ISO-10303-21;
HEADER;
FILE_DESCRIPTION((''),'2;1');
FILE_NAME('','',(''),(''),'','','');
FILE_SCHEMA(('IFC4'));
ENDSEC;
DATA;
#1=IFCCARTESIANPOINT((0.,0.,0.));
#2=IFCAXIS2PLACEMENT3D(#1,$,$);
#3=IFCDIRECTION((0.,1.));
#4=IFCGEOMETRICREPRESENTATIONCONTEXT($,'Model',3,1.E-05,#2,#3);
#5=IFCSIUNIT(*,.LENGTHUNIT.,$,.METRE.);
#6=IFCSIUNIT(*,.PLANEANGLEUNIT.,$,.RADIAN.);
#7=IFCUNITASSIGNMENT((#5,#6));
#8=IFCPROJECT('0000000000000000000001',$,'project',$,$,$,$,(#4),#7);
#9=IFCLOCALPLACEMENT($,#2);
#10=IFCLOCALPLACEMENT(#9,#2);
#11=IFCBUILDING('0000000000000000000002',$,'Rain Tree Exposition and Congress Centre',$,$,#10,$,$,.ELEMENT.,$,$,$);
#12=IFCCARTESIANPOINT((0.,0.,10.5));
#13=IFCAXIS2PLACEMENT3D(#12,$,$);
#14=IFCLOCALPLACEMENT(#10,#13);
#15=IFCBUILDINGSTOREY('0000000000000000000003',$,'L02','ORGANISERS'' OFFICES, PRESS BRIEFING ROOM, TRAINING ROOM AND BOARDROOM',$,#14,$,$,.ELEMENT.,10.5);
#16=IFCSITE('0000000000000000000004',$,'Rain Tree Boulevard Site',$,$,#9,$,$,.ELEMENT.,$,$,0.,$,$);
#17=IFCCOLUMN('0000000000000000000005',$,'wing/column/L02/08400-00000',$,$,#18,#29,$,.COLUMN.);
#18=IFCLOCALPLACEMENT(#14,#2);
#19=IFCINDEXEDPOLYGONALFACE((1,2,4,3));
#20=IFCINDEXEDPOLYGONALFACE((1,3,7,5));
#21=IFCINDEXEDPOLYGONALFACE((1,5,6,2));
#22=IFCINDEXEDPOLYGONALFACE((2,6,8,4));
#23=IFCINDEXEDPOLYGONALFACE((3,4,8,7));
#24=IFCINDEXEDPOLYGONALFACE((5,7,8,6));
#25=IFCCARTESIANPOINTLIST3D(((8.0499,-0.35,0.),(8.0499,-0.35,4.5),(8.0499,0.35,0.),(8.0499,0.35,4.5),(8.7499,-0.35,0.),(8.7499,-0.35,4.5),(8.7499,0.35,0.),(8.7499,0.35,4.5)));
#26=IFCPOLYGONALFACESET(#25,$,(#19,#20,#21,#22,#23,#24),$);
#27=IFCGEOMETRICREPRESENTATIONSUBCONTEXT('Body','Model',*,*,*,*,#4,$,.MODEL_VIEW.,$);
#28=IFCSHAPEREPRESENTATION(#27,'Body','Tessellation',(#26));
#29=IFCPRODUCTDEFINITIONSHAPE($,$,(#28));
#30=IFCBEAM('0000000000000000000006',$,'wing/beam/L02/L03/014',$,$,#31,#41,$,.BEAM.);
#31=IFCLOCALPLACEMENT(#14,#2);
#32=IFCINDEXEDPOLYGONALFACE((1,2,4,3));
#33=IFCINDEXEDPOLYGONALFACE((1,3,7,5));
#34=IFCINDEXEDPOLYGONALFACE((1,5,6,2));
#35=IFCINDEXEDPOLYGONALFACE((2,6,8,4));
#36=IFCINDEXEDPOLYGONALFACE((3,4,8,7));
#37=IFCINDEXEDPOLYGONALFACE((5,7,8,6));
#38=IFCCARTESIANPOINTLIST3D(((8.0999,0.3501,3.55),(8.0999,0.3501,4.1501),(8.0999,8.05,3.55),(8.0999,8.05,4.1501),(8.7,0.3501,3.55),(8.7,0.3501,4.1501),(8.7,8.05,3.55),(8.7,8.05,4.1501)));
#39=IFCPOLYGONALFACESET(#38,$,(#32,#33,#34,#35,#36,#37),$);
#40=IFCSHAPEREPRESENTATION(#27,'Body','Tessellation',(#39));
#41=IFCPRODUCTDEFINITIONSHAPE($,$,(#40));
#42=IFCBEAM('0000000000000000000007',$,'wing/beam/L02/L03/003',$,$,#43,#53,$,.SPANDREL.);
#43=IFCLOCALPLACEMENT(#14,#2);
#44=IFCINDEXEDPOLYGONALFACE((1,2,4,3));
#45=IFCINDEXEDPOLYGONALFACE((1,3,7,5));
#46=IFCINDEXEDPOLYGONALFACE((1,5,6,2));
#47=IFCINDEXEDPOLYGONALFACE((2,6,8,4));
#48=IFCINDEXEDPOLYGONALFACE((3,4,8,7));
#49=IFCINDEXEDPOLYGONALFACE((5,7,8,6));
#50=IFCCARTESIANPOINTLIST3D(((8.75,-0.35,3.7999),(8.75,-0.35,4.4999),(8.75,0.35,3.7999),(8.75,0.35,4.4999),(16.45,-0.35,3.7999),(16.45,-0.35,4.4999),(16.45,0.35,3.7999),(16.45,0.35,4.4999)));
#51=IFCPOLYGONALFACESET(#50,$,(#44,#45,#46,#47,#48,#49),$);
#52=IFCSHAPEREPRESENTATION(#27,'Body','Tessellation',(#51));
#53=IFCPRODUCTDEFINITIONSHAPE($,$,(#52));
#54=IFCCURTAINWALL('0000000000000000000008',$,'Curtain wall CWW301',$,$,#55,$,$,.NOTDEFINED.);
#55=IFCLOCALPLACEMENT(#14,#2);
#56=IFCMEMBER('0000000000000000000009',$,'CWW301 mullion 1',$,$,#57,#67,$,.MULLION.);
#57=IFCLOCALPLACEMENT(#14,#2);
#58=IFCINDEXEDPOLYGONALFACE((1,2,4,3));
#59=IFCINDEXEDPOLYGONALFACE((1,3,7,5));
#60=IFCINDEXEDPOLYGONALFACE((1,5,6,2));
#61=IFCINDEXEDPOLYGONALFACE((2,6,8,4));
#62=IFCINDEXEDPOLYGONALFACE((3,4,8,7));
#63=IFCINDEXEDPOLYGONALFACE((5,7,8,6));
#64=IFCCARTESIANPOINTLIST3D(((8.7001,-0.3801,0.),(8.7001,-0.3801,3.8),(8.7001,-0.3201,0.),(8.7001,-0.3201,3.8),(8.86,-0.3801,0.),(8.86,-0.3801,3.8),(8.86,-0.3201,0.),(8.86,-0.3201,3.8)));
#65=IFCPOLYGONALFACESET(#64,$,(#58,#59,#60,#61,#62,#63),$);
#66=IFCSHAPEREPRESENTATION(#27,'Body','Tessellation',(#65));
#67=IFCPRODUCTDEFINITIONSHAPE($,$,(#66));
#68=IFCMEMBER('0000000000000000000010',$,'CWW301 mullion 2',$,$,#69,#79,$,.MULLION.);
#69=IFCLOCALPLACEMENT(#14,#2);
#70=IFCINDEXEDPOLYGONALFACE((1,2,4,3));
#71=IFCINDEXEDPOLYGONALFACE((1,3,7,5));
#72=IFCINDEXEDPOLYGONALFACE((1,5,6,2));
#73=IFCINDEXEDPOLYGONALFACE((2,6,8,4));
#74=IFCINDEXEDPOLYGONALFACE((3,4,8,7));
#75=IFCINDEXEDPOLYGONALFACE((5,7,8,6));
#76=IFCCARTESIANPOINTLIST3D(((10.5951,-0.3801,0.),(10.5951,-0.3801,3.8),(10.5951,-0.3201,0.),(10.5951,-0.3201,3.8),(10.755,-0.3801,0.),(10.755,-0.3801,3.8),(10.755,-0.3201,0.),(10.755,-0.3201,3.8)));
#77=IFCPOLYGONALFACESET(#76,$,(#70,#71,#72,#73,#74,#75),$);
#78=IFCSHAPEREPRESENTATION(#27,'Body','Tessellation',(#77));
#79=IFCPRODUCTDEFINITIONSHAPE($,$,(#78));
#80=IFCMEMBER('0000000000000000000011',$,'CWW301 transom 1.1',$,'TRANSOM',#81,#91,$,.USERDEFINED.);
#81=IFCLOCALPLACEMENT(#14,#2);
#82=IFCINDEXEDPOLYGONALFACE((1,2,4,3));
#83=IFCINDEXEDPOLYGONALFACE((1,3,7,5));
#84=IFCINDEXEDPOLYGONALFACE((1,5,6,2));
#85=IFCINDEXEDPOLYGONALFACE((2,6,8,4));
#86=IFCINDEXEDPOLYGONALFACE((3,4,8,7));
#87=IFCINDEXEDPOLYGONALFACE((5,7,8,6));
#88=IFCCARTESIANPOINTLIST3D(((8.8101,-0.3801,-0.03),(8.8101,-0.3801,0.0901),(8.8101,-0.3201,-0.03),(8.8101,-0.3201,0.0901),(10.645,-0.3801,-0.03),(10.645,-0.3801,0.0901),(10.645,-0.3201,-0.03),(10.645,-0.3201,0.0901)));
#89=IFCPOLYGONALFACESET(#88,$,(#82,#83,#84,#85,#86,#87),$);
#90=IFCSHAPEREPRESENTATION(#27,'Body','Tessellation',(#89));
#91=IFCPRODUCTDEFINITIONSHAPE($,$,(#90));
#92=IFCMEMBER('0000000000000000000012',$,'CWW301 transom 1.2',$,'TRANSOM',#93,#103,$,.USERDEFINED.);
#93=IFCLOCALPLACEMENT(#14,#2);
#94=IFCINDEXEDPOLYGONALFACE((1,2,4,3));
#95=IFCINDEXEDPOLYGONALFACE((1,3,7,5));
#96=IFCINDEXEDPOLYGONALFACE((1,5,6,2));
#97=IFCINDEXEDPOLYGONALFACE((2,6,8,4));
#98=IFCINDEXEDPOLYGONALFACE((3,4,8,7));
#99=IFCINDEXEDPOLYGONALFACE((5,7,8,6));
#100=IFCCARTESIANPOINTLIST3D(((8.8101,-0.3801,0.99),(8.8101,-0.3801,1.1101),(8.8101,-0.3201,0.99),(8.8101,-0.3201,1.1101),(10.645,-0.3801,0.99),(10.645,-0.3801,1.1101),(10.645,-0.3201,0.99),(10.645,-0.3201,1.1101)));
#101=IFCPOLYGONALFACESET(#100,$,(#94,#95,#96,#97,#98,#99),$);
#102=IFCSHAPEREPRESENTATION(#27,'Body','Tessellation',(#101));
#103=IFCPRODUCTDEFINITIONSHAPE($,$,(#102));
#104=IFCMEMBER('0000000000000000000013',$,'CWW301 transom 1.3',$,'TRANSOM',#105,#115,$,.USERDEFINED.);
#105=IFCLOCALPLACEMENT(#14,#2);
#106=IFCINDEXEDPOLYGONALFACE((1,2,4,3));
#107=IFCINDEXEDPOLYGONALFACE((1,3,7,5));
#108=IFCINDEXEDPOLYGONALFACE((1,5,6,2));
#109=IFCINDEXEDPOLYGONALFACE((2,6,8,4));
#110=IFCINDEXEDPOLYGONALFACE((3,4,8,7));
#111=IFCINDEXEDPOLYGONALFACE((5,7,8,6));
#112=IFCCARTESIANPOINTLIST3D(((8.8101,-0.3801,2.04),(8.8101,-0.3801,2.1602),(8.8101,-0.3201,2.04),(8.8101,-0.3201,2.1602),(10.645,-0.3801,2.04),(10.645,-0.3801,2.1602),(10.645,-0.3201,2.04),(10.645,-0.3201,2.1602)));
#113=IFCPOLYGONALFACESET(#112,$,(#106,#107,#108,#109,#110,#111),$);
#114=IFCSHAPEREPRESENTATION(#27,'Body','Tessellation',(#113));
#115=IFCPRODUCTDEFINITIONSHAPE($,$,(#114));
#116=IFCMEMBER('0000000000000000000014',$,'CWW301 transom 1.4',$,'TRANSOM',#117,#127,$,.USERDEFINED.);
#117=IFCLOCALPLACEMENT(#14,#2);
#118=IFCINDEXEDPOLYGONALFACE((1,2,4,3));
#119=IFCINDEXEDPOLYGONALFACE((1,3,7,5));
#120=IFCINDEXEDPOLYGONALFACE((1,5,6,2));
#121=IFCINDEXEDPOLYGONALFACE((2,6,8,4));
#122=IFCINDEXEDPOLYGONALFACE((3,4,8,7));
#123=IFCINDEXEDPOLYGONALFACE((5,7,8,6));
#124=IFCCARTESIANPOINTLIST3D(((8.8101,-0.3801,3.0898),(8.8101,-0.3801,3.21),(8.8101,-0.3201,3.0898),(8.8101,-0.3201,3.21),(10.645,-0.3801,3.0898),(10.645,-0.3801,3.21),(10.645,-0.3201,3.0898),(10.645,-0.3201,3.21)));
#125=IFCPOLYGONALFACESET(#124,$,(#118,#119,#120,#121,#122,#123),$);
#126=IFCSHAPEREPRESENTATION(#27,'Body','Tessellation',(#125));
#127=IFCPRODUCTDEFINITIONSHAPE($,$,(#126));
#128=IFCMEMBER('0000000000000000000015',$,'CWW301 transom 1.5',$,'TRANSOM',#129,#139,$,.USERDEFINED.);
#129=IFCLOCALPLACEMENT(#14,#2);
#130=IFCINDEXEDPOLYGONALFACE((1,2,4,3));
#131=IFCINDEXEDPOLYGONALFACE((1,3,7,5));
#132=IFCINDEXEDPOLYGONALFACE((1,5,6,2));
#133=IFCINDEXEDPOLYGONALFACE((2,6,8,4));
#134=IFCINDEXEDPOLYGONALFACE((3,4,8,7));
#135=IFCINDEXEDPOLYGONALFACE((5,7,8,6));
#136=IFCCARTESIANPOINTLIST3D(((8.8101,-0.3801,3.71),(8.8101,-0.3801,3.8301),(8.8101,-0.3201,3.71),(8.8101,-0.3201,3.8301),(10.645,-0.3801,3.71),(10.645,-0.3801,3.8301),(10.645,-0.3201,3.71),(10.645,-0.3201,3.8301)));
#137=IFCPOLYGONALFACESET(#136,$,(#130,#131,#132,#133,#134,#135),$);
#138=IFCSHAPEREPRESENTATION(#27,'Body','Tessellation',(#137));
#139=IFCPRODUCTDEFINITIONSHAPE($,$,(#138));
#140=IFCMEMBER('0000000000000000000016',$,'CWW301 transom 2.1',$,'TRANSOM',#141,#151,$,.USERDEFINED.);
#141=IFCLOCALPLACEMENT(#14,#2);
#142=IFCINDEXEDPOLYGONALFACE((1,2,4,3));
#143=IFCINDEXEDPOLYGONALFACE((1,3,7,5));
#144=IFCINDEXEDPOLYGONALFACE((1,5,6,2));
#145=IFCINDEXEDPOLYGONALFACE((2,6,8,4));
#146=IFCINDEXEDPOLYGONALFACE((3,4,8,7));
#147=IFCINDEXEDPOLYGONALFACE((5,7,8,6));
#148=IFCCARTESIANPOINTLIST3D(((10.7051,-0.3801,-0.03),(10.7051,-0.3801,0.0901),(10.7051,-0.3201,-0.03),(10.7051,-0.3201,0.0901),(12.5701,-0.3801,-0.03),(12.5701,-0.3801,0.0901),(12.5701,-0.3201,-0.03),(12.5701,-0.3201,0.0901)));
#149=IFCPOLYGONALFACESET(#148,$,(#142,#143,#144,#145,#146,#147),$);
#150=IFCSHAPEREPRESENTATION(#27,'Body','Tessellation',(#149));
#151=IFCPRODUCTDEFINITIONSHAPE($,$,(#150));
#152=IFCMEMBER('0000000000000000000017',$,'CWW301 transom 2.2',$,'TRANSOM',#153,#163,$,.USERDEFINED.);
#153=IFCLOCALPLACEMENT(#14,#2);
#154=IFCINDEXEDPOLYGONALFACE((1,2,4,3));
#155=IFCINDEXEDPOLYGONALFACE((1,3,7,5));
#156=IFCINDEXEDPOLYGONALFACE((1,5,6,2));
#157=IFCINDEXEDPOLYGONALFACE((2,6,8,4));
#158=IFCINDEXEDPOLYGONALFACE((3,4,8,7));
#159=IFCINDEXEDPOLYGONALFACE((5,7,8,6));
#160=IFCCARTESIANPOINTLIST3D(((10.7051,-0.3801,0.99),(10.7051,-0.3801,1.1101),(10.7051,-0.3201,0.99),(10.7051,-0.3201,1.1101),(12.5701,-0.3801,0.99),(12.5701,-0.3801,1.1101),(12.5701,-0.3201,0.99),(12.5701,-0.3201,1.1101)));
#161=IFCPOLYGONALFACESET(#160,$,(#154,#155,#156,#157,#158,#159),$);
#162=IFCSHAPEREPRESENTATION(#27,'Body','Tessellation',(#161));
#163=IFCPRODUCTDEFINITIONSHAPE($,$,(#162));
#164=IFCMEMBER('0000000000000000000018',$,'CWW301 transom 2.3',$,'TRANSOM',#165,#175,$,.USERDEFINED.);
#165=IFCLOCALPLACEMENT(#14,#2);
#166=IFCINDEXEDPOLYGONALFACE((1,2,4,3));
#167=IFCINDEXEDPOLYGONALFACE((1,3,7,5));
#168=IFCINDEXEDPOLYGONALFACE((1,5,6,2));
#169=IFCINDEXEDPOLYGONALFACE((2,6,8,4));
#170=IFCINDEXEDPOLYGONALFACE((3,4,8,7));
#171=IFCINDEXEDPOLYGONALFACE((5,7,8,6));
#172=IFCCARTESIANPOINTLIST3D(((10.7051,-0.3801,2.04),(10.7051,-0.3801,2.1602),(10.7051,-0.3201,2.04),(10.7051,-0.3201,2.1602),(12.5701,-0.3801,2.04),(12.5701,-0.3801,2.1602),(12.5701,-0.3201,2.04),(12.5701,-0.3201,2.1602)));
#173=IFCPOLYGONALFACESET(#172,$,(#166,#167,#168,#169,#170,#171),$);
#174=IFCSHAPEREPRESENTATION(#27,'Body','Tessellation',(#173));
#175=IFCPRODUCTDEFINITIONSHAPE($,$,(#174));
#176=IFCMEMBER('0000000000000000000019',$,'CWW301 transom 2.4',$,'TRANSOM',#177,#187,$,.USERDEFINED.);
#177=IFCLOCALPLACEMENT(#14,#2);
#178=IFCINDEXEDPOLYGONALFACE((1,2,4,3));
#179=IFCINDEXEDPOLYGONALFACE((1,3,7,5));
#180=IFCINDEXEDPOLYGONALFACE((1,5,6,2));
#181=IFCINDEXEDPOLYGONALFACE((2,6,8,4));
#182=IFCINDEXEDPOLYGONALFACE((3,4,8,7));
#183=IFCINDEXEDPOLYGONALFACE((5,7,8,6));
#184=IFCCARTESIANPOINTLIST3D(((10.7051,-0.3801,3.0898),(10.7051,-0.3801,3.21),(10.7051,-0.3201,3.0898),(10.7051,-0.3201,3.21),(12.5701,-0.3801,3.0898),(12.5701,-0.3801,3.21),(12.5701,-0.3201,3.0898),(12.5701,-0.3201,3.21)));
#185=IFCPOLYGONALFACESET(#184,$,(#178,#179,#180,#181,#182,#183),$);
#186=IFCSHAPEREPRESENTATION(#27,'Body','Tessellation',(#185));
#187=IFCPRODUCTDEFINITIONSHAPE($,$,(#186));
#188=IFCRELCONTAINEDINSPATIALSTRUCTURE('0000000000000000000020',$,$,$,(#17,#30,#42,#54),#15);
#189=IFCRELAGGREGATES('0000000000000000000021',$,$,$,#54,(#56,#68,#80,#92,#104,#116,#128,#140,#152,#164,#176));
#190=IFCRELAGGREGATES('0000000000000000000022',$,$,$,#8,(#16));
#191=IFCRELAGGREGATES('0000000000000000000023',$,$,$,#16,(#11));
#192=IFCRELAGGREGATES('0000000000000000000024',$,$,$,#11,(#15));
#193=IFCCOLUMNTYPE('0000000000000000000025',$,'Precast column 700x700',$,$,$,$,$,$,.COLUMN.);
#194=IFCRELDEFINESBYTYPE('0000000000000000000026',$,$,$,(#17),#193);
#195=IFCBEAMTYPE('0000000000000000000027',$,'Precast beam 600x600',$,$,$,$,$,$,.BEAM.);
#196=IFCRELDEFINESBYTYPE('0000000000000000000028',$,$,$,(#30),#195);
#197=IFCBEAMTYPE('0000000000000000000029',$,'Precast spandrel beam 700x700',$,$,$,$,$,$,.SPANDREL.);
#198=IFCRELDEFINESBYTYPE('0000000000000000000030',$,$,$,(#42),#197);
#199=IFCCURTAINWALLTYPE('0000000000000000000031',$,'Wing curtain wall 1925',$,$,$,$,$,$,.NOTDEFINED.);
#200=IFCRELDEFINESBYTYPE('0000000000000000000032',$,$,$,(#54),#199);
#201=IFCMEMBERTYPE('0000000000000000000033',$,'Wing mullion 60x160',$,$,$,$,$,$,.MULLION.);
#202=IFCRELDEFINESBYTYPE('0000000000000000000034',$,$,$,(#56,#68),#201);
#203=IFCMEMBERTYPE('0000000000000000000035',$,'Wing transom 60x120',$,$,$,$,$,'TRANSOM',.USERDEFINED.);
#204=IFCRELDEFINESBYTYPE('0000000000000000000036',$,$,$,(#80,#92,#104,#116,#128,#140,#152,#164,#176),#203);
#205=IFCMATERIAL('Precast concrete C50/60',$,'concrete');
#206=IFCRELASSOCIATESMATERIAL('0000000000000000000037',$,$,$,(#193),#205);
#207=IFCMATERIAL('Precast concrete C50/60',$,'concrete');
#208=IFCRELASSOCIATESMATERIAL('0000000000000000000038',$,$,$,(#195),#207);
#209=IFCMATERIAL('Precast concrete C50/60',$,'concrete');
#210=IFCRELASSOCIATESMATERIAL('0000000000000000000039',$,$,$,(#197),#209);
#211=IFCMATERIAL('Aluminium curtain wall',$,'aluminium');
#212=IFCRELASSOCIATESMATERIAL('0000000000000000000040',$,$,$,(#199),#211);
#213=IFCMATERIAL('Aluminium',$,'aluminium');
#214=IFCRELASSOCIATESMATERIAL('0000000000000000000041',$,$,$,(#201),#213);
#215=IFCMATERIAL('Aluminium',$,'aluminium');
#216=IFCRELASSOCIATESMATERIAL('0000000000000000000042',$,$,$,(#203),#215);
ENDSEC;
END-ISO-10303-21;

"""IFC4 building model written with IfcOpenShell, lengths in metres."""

from ifc_helpers import new_model, si_unit, direction, frame, origin, origin_2d, place, context, subcontext, project, spatial, rectangle, extrude, material, material_profile, profile_set, type_object, element, aggregate, save


model = new_model("IFC4")

# Units and contexts
model_context = context("Model", 3, precision=1e-05, world=origin(), true_north=direction((0.0, 1.0)))
body_context = subcontext(model_context, "Body", "Model", "MODEL_VIEW")
ifc_project = project(units=[si_unit("LENGTHUNIT", "METRE"), si_unit("PLANEANGLEUNIT", "RADIAN")], contexts=[model_context])

# Site, building, storey
site_placement = place(None, origin())
site = spatial("IfcSite", under=ifc_project, at=site_placement, Name="Rain Tree Boulevard Site", CompositionType="ELEMENT", RefElevation=0.0)
building_placement = place(site_placement, origin())
building = spatial("IfcBuilding", under=site, at=building_placement, Name="Rain Tree Exposition and Congress Centre", CompositionType="ELEMENT")
storey_placement = place(building_placement, frame((0.0, 0.0, 10.5)))
storey = spatial("IfcBuildingStorey", under=building, at=storey_placement, Name="L02", Description="ORGANISERS' OFFICES, PRESS BRIEFING ROOM, TRAINING ROOM AND BOARDROOM", CompositionType="ELEMENT", Elevation=10.5)

# Column
ifc_material_1 = material(Name="Precast concrete C50/60", Category="concrete")
ifc_material_profile_1 = material_profile(ifc_material_1, rectangle(XDim=0.7, YDim=0.7, at=origin_2d()), Name="RC 700x700")
ifc_profile_set_1 = profile_set([ifc_material_profile_1], Name="Precast concrete C50/60")
column_type = type_object("IfcColumnType", Name="Precast column 700x700", PredefinedType="COLUMN", material=ifc_profile_set_1)
column_placement = place(storey_placement, frame((8.3999, 0.0, 0.0), z_axis=(0.0, 0.0, 1.0), x_axis=(1.0, 0.0, 0.0)))
element("IfcColumn", 1, at=column_placement, inside=storey, type_object=column_type, Name="wing/column/L02/08400-00000", PredefinedType="COLUMN", context=body_context, shape_type="SweptSolid", body=[
    extrude(rectangle(XDim=0.7, YDim=0.7, at=origin_2d()), origin(), (0.0, 0.0, 1.0), 4.5),
])

# Beams
ifc_material_2 = material(Name="Precast concrete C50/60", Category="concrete")
ifc_material_profile_2 = material_profile(ifc_material_2, rectangle(XDim=0.6001, YDim=0.6001, at=origin_2d()), Name="RC 600x600")
ifc_profile_set_2 = profile_set([ifc_material_profile_2], Name="Precast concrete C50/60")
beam_type_1 = type_object("IfcBeamType", Name="Precast beam 600x600", PredefinedType="BEAM", material=ifc_profile_set_2)
beam_1_placement = place(storey_placement, frame((8.3999, 0.3501, 3.8501), z_axis=(0.0, 1.0, 0.0), x_axis=(-1.0, 0.0, 0.0)))
element("IfcBeam", 2, at=beam_1_placement, inside=storey, type_object=beam_type_1, Name="wing/beam/L02/L03/014", PredefinedType="BEAM", context=body_context, shape_type="SweptSolid", body=[
    extrude(rectangle(XDim=0.6001, YDim=0.6001, at=origin_2d()), origin(), (0.0, 0.0, 1.0), 7.7),
])
ifc_material_3 = material(Name="Precast concrete C50/60", Category="concrete")
ifc_material_profile_3 = material_profile(ifc_material_3, rectangle(XDim=0.7, YDim=0.7, at=origin_2d()), Name="RC 700x700")
ifc_profile_set_3 = profile_set([ifc_material_profile_3], Name="Precast concrete C50/60")
beam_type_2 = type_object("IfcBeamType", Name="Precast spandrel beam 700x700", PredefinedType="SPANDREL", material=ifc_profile_set_3)
beam_2_placement = place(storey_placement, frame((8.75, 0.0, 4.1499), z_axis=(1.0, 0.0, 0.0), x_axis=(0.0, 1.0, 0.0)))
element("IfcBeam", 3, at=beam_2_placement, inside=storey, type_object=beam_type_2, Name="wing/beam/L02/L03/003", PredefinedType="SPANDREL", context=body_context, shape_type="SweptSolid", body=[
    extrude(rectangle(XDim=0.7, YDim=0.7, at=origin_2d()), origin(), (0.0, 0.0, 1.0), 7.7),
])

# Curtain wall, members
ifc_material_4 = material(Name="Aluminium curtain wall", Category="aluminium")
curtain_wall_type = type_object("IfcCurtainWallType", Name="Wing curtain wall 1925", PredefinedType="NOTDEFINED", material=ifc_material_4)
curtain_wall_placement = place(storey_placement, origin())
curtain_wall = element("IfcCurtainWall", 4, at=curtain_wall_placement, inside=storey, type_object=curtain_wall_type, Name="Curtain wall CWW301", PredefinedType="NOTDEFINED")
ifc_material_5 = material(Name="Aluminium", Category="aluminium")
ifc_material_profile_4 = material_profile(ifc_material_5, rectangle(XDim=0.0601, YDim=0.1599, at=origin_2d()), Name="Aluminium 60x160")
ifc_profile_set_4 = profile_set([ifc_material_profile_4], Name="Aluminium")
member_type_1 = type_object("IfcMemberType", Name="Wing mullion 60x160", PredefinedType="MULLION", material=ifc_profile_set_4)
member_1_placement = place(storey_placement, frame((8.78, -0.3501, 0.0), z_axis=(0.0, 0.0, 1.0), x_axis=(0.0, 1.0, 0.0)))
member_1 = element("IfcMember", 5, at=member_1_placement, type_object=member_type_1, Name="CWW301 mullion 1", PredefinedType="MULLION", context=body_context, shape_type="SweptSolid", body=[
    extrude(rectangle(XDim=0.0601, YDim=0.1599, at=origin_2d()), origin(), (0.0, 0.0, 1.0), 3.8),
])
member_2_placement = place(storey_placement, frame((10.675, -0.3501, 0.0), z_axis=(0.0, 0.0, 1.0), x_axis=(0.0, 1.0, 0.0)))
member_2 = element("IfcMember", 6, at=member_2_placement, type_object=member_type_1, Name="CWW301 mullion 2", PredefinedType="MULLION", context=body_context, shape_type="SweptSolid", body=[
    extrude(rectangle(XDim=0.0601, YDim=0.1599, at=origin_2d()), origin(), (0.0, 0.0, 1.0), 3.8),
])
ifc_material_6 = material(Name="Aluminium", Category="aluminium")
ifc_material_profile_5 = material_profile(ifc_material_6, rectangle(XDim=0.0601, YDim=0.1201, at=origin_2d()), Name="Aluminium 60x120")
ifc_profile_set_5 = profile_set([ifc_material_profile_5], Name="Aluminium")
member_type_2 = type_object("IfcMemberType", Name="Wing transom 60x120", ElementType="TRANSOM", PredefinedType="USERDEFINED", material=ifc_profile_set_5)
member_3_placement = place(storey_placement, frame((8.8101, -0.3501, 0.03), z_axis=(1.0, 0.0, 0.0), x_axis=(0.0, 1.0, 0.0)))
member_3 = element("IfcMember", 7, at=member_3_placement, type_object=member_type_2, Name="CWW301 transom 1.1", ObjectType="TRANSOM", PredefinedType="USERDEFINED", context=body_context, shape_type="SweptSolid", body=[
    extrude(rectangle(XDim=0.0601, YDim=0.1201, at=origin_2d()), origin(), (0.0, 0.0, 1.0), 1.835),
])
member_4_placement = place(storey_placement, frame((8.8101, -0.3501, 1.05), z_axis=(1.0, 0.0, 0.0), x_axis=(0.0, 1.0, 0.0)))
member_4 = element("IfcMember", 8, at=member_4_placement, type_object=member_type_2, Name="CWW301 transom 1.2", ObjectType="TRANSOM", PredefinedType="USERDEFINED", context=body_context, shape_type="SweptSolid", body=[
    extrude(rectangle(XDim=0.0601, YDim=0.1201, at=origin_2d()), origin(), (0.0, 0.0, 1.0), 1.835),
])
member_5_placement = place(storey_placement, frame((8.8101, -0.3501, 2.1001), z_axis=(1.0, 0.0, 0.0), x_axis=(0.0, 1.0, 0.0)))
member_5 = element("IfcMember", 9, at=member_5_placement, type_object=member_type_2, Name="CWW301 transom 1.3", ObjectType="TRANSOM", PredefinedType="USERDEFINED", context=body_context, shape_type="SweptSolid", body=[
    extrude(rectangle(XDim=0.0601, YDim=0.1201, at=origin_2d()), origin(), (0.0, 0.0, 1.0), 1.835),
])
member_6_placement = place(storey_placement, frame((8.8101, -0.3501, 3.1499), z_axis=(1.0, 0.0, 0.0), x_axis=(0.0, 1.0, 0.0)))
member_6 = element("IfcMember", 10, at=member_6_placement, type_object=member_type_2, Name="CWW301 transom 1.4", ObjectType="TRANSOM", PredefinedType="USERDEFINED", context=body_context, shape_type="SweptSolid", body=[
    extrude(rectangle(XDim=0.0601, YDim=0.1201, at=origin_2d()), origin(), (0.0, 0.0, 1.0), 1.835),
])
member_7_placement = place(storey_placement, frame((8.8101, -0.3501, 3.77), z_axis=(1.0, 0.0, 0.0), x_axis=(0.0, 1.0, 0.0)))
member_7 = element("IfcMember", 11, at=member_7_placement, type_object=member_type_2, Name="CWW301 transom 1.5", ObjectType="TRANSOM", PredefinedType="USERDEFINED", context=body_context, shape_type="SweptSolid", body=[
    extrude(rectangle(XDim=0.0601, YDim=0.1201, at=origin_2d()), origin(), (0.0, 0.0, 1.0), 1.835),
])
member_8_placement = place(storey_placement, frame((10.7051, -0.3501, 0.03), z_axis=(1.0, 0.0, 0.0), x_axis=(0.0, 1.0, 0.0)))
member_8 = element("IfcMember", 12, at=member_8_placement, type_object=member_type_2, Name="CWW301 transom 2.1", ObjectType="TRANSOM", PredefinedType="USERDEFINED", context=body_context, shape_type="SweptSolid", body=[
    extrude(rectangle(XDim=0.0601, YDim=0.1201, at=origin_2d()), origin(), (0.0, 0.0, 1.0), 1.865),
])
member_9_placement = place(storey_placement, frame((10.7051, -0.3501, 1.05), z_axis=(1.0, 0.0, 0.0), x_axis=(0.0, 1.0, 0.0)))
member_9 = element("IfcMember", 13, at=member_9_placement, type_object=member_type_2, Name="CWW301 transom 2.2", ObjectType="TRANSOM", PredefinedType="USERDEFINED", context=body_context, shape_type="SweptSolid", body=[
    extrude(rectangle(XDim=0.0601, YDim=0.1201, at=origin_2d()), origin(), (0.0, 0.0, 1.0), 1.865),
])
member_10_placement = place(storey_placement, frame((10.7051, -0.3501, 2.1001), z_axis=(1.0, 0.0, 0.0), x_axis=(0.0, 1.0, 0.0)))
member_10 = element("IfcMember", 14, at=member_10_placement, type_object=member_type_2, Name="CWW301 transom 2.3", ObjectType="TRANSOM", PredefinedType="USERDEFINED", context=body_context, shape_type="SweptSolid", body=[
    extrude(rectangle(XDim=0.0601, YDim=0.1201, at=origin_2d()), origin(), (0.0, 0.0, 1.0), 1.865),
])
member_11_placement = place(storey_placement, frame((10.7051, -0.3501, 3.1499), z_axis=(1.0, 0.0, 0.0), x_axis=(0.0, 1.0, 0.0)))
member_11 = element("IfcMember", 15, at=member_11_placement, type_object=member_type_2, Name="CWW301 transom 2.4", ObjectType="TRANSOM", PredefinedType="USERDEFINED", context=body_context, shape_type="SweptSolid", body=[
    extrude(rectangle(XDim=0.0601, YDim=0.1201, at=origin_2d()), origin(), (0.0, 0.0, 1.0), 1.865),
])
aggregate(curtain_wall, [member_1, member_2, member_3, member_4, member_5, member_6, member_7, member_8, member_9, member_10, member_11])

save(model, "model.ifc")
